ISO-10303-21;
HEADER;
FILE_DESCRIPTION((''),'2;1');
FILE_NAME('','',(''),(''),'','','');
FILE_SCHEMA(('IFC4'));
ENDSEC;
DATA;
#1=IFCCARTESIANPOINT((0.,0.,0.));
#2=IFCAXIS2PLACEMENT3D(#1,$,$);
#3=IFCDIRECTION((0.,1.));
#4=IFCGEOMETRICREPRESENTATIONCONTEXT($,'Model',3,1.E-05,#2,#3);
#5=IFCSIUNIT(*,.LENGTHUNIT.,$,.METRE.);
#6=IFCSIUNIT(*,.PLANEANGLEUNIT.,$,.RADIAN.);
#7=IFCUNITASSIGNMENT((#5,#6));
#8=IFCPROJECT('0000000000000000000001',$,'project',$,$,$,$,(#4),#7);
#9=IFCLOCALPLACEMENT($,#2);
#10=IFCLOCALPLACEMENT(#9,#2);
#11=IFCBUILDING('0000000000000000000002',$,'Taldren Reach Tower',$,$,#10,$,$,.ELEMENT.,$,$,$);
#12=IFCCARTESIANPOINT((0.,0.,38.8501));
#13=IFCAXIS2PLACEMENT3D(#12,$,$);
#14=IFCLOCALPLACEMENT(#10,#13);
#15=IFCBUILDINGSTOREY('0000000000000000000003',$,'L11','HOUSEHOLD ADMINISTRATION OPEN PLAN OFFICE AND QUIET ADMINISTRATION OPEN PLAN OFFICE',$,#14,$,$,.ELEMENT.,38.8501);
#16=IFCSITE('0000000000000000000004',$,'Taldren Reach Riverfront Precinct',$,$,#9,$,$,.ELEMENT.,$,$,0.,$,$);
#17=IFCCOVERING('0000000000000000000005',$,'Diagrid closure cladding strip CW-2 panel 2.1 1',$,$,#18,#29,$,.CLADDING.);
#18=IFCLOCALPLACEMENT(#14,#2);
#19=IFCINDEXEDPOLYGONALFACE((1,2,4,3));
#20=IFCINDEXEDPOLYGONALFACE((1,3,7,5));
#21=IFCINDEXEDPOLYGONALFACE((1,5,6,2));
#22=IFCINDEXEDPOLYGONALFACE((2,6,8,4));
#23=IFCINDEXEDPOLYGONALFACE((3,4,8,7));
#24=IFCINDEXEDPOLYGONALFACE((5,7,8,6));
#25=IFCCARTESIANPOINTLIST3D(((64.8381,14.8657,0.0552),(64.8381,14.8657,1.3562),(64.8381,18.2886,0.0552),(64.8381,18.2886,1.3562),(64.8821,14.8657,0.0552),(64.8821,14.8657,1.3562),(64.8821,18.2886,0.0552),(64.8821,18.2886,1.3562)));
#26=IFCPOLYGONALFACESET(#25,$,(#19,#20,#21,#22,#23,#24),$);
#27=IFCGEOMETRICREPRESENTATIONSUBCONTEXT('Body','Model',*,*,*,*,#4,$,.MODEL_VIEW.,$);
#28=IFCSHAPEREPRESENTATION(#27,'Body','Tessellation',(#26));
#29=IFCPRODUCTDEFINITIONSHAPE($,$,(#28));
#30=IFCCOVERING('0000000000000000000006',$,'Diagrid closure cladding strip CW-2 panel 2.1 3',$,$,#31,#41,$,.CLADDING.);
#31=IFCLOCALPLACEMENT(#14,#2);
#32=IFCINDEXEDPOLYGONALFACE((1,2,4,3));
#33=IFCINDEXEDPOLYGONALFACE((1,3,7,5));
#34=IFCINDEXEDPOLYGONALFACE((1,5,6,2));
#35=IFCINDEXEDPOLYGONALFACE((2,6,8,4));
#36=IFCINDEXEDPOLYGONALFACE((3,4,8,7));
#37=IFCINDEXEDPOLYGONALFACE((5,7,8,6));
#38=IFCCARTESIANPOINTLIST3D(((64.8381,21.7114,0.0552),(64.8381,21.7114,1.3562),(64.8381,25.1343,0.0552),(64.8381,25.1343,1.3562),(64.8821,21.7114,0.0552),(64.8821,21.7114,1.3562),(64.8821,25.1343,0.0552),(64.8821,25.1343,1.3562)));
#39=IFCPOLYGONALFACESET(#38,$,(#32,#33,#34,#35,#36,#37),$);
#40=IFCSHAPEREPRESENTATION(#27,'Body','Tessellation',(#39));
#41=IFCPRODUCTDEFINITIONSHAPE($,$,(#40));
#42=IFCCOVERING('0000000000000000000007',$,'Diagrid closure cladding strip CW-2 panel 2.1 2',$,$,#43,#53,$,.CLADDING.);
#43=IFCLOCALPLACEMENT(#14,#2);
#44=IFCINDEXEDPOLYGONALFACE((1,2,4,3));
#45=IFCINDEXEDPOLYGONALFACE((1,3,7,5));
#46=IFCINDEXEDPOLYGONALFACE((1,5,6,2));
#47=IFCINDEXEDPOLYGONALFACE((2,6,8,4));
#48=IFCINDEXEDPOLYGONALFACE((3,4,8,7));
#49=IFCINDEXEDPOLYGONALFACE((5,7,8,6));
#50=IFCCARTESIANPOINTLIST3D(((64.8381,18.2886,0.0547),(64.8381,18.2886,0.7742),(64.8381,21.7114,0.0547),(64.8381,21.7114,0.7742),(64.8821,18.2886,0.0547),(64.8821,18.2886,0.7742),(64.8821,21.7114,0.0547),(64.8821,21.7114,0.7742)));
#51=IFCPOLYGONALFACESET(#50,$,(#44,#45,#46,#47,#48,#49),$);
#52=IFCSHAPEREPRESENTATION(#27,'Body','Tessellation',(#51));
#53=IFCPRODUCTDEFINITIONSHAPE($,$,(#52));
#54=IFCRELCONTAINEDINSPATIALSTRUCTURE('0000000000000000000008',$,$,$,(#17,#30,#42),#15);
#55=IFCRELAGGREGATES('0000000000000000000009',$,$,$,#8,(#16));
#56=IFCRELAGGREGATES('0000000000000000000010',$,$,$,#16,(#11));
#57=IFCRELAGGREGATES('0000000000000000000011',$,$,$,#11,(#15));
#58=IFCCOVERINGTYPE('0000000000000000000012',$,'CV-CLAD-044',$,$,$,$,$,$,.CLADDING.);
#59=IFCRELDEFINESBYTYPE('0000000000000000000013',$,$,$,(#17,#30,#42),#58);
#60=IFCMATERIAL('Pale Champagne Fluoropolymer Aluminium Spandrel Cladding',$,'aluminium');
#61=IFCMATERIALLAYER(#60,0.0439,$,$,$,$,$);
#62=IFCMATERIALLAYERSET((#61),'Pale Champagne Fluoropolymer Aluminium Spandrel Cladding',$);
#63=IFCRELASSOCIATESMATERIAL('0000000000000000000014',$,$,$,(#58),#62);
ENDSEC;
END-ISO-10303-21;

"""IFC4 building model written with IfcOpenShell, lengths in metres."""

from ifc_helpers import new_model, si_unit, direction, frame, origin, origin_2d, place, context, subcontext, project, spatial, rectangle, extrude, source, transform, mapped, material, layer, layer_set, type_object, element, save


model = new_model("IFC4")

# Units and contexts
model_context = context("Model", 3, precision=1e-05, world=origin(), true_north=direction((0.0, 1.0)))
body_context = subcontext(model_context, "Body", "Model", "MODEL_VIEW")
ifc_project = project(units=[si_unit("LENGTHUNIT", "METRE"), si_unit("PLANEANGLEUNIT", "RADIAN")], contexts=[model_context])

# Site, building, storey
site_placement = place(None, origin())
site = spatial("IfcSite", under=ifc_project, at=site_placement, Name="Taldren Reach Riverfront Precinct", CompositionType="ELEMENT", RefElevation=0.0)
building_placement = place(site_placement, origin())
building = spatial("IfcBuilding", under=site, at=building_placement, Name="Taldren Reach Tower", CompositionType="ELEMENT")
storey_placement = place(building_placement, frame((0.0, 0.0, 38.8501)))
storey = spatial("IfcBuildingStorey", under=building, at=storey_placement, Name="L11", Description="HOUSEHOLD ADMINISTRATION OPEN PLAN OFFICE AND QUIET ADMINISTRATION OPEN PLAN OFFICE", CompositionType="ELEMENT", Elevation=38.8501)

# Coverings
ifc_material_1 = material(Name="Pale Champagne Fluoropolymer Aluminium Spandrel Cladding", Category="aluminium")
ifc_layer_1 = layer(ifc_material_1, 0.0439)
ifc_layer_set_1 = layer_set([ifc_layer_1], Name="Pale Champagne Fluoropolymer Aluminium Spandrel Cladding")
covering_type = type_object("IfcCoveringType", Name="CV-CLAD-044", PredefinedType="CLADDING", material=ifc_layer_set_1)
shared_shape_1 = source(origin(), body_context, "Body", "SweptSolid", [
    extrude(rectangle(XDim=3.4229, YDim=0.0439, at=origin_2d()), origin(), (0.0, 0.0, 1.0), 1.301),
])
for number, where, z_axis, x_axis, name in (
    (1, (64.8601, 16.5771, 0.0552), (0.0, 0.0, 1.0), (0.0, 1.0, 0.0), "Diagrid closure cladding strip CW-2 panel 2.1 1"),
    (2, (64.8601, 23.4229, 0.0552), (0.0, 0.0, 1.0), (0.0, 1.0, 0.0), "Diagrid closure cladding strip CW-2 panel 2.1 3"),
):
    element("IfcCovering", number, at=place(storey_placement, frame(where, z_axis=z_axis, x_axis=x_axis)), inside=storey, type_object=covering_type, Name=name, PredefinedType="CLADDING", context=body_context, shape_type="MappedRepresentation", body=[
        mapped(shared_shape_1, transform((0.0, 0.0, 0.0), scale=1.0)),
    ])
shared_shape_2 = source(origin(), body_context, "Body", "SweptSolid", [
    extrude(rectangle(XDim=3.4229, YDim=0.0439, at=origin_2d()), origin(), (0.0, 0.0, 1.0), 0.7195),
])
covering_placement = place(storey_placement, frame((64.8601, 20.0, 0.0547), z_axis=(0.0, 0.0, 1.0), x_axis=(0.0, 1.0, 0.0)))
element("IfcCovering", 3, at=covering_placement, inside=storey, type_object=covering_type, Name="Diagrid closure cladding strip CW-2 panel 2.1 2", PredefinedType="CLADDING", context=body_context, shape_type="MappedRepresentation", body=[
    mapped(shared_shape_2, transform((0.0, 0.0, 0.0), scale=1.0)),
])

save(model, "model.ifc")
